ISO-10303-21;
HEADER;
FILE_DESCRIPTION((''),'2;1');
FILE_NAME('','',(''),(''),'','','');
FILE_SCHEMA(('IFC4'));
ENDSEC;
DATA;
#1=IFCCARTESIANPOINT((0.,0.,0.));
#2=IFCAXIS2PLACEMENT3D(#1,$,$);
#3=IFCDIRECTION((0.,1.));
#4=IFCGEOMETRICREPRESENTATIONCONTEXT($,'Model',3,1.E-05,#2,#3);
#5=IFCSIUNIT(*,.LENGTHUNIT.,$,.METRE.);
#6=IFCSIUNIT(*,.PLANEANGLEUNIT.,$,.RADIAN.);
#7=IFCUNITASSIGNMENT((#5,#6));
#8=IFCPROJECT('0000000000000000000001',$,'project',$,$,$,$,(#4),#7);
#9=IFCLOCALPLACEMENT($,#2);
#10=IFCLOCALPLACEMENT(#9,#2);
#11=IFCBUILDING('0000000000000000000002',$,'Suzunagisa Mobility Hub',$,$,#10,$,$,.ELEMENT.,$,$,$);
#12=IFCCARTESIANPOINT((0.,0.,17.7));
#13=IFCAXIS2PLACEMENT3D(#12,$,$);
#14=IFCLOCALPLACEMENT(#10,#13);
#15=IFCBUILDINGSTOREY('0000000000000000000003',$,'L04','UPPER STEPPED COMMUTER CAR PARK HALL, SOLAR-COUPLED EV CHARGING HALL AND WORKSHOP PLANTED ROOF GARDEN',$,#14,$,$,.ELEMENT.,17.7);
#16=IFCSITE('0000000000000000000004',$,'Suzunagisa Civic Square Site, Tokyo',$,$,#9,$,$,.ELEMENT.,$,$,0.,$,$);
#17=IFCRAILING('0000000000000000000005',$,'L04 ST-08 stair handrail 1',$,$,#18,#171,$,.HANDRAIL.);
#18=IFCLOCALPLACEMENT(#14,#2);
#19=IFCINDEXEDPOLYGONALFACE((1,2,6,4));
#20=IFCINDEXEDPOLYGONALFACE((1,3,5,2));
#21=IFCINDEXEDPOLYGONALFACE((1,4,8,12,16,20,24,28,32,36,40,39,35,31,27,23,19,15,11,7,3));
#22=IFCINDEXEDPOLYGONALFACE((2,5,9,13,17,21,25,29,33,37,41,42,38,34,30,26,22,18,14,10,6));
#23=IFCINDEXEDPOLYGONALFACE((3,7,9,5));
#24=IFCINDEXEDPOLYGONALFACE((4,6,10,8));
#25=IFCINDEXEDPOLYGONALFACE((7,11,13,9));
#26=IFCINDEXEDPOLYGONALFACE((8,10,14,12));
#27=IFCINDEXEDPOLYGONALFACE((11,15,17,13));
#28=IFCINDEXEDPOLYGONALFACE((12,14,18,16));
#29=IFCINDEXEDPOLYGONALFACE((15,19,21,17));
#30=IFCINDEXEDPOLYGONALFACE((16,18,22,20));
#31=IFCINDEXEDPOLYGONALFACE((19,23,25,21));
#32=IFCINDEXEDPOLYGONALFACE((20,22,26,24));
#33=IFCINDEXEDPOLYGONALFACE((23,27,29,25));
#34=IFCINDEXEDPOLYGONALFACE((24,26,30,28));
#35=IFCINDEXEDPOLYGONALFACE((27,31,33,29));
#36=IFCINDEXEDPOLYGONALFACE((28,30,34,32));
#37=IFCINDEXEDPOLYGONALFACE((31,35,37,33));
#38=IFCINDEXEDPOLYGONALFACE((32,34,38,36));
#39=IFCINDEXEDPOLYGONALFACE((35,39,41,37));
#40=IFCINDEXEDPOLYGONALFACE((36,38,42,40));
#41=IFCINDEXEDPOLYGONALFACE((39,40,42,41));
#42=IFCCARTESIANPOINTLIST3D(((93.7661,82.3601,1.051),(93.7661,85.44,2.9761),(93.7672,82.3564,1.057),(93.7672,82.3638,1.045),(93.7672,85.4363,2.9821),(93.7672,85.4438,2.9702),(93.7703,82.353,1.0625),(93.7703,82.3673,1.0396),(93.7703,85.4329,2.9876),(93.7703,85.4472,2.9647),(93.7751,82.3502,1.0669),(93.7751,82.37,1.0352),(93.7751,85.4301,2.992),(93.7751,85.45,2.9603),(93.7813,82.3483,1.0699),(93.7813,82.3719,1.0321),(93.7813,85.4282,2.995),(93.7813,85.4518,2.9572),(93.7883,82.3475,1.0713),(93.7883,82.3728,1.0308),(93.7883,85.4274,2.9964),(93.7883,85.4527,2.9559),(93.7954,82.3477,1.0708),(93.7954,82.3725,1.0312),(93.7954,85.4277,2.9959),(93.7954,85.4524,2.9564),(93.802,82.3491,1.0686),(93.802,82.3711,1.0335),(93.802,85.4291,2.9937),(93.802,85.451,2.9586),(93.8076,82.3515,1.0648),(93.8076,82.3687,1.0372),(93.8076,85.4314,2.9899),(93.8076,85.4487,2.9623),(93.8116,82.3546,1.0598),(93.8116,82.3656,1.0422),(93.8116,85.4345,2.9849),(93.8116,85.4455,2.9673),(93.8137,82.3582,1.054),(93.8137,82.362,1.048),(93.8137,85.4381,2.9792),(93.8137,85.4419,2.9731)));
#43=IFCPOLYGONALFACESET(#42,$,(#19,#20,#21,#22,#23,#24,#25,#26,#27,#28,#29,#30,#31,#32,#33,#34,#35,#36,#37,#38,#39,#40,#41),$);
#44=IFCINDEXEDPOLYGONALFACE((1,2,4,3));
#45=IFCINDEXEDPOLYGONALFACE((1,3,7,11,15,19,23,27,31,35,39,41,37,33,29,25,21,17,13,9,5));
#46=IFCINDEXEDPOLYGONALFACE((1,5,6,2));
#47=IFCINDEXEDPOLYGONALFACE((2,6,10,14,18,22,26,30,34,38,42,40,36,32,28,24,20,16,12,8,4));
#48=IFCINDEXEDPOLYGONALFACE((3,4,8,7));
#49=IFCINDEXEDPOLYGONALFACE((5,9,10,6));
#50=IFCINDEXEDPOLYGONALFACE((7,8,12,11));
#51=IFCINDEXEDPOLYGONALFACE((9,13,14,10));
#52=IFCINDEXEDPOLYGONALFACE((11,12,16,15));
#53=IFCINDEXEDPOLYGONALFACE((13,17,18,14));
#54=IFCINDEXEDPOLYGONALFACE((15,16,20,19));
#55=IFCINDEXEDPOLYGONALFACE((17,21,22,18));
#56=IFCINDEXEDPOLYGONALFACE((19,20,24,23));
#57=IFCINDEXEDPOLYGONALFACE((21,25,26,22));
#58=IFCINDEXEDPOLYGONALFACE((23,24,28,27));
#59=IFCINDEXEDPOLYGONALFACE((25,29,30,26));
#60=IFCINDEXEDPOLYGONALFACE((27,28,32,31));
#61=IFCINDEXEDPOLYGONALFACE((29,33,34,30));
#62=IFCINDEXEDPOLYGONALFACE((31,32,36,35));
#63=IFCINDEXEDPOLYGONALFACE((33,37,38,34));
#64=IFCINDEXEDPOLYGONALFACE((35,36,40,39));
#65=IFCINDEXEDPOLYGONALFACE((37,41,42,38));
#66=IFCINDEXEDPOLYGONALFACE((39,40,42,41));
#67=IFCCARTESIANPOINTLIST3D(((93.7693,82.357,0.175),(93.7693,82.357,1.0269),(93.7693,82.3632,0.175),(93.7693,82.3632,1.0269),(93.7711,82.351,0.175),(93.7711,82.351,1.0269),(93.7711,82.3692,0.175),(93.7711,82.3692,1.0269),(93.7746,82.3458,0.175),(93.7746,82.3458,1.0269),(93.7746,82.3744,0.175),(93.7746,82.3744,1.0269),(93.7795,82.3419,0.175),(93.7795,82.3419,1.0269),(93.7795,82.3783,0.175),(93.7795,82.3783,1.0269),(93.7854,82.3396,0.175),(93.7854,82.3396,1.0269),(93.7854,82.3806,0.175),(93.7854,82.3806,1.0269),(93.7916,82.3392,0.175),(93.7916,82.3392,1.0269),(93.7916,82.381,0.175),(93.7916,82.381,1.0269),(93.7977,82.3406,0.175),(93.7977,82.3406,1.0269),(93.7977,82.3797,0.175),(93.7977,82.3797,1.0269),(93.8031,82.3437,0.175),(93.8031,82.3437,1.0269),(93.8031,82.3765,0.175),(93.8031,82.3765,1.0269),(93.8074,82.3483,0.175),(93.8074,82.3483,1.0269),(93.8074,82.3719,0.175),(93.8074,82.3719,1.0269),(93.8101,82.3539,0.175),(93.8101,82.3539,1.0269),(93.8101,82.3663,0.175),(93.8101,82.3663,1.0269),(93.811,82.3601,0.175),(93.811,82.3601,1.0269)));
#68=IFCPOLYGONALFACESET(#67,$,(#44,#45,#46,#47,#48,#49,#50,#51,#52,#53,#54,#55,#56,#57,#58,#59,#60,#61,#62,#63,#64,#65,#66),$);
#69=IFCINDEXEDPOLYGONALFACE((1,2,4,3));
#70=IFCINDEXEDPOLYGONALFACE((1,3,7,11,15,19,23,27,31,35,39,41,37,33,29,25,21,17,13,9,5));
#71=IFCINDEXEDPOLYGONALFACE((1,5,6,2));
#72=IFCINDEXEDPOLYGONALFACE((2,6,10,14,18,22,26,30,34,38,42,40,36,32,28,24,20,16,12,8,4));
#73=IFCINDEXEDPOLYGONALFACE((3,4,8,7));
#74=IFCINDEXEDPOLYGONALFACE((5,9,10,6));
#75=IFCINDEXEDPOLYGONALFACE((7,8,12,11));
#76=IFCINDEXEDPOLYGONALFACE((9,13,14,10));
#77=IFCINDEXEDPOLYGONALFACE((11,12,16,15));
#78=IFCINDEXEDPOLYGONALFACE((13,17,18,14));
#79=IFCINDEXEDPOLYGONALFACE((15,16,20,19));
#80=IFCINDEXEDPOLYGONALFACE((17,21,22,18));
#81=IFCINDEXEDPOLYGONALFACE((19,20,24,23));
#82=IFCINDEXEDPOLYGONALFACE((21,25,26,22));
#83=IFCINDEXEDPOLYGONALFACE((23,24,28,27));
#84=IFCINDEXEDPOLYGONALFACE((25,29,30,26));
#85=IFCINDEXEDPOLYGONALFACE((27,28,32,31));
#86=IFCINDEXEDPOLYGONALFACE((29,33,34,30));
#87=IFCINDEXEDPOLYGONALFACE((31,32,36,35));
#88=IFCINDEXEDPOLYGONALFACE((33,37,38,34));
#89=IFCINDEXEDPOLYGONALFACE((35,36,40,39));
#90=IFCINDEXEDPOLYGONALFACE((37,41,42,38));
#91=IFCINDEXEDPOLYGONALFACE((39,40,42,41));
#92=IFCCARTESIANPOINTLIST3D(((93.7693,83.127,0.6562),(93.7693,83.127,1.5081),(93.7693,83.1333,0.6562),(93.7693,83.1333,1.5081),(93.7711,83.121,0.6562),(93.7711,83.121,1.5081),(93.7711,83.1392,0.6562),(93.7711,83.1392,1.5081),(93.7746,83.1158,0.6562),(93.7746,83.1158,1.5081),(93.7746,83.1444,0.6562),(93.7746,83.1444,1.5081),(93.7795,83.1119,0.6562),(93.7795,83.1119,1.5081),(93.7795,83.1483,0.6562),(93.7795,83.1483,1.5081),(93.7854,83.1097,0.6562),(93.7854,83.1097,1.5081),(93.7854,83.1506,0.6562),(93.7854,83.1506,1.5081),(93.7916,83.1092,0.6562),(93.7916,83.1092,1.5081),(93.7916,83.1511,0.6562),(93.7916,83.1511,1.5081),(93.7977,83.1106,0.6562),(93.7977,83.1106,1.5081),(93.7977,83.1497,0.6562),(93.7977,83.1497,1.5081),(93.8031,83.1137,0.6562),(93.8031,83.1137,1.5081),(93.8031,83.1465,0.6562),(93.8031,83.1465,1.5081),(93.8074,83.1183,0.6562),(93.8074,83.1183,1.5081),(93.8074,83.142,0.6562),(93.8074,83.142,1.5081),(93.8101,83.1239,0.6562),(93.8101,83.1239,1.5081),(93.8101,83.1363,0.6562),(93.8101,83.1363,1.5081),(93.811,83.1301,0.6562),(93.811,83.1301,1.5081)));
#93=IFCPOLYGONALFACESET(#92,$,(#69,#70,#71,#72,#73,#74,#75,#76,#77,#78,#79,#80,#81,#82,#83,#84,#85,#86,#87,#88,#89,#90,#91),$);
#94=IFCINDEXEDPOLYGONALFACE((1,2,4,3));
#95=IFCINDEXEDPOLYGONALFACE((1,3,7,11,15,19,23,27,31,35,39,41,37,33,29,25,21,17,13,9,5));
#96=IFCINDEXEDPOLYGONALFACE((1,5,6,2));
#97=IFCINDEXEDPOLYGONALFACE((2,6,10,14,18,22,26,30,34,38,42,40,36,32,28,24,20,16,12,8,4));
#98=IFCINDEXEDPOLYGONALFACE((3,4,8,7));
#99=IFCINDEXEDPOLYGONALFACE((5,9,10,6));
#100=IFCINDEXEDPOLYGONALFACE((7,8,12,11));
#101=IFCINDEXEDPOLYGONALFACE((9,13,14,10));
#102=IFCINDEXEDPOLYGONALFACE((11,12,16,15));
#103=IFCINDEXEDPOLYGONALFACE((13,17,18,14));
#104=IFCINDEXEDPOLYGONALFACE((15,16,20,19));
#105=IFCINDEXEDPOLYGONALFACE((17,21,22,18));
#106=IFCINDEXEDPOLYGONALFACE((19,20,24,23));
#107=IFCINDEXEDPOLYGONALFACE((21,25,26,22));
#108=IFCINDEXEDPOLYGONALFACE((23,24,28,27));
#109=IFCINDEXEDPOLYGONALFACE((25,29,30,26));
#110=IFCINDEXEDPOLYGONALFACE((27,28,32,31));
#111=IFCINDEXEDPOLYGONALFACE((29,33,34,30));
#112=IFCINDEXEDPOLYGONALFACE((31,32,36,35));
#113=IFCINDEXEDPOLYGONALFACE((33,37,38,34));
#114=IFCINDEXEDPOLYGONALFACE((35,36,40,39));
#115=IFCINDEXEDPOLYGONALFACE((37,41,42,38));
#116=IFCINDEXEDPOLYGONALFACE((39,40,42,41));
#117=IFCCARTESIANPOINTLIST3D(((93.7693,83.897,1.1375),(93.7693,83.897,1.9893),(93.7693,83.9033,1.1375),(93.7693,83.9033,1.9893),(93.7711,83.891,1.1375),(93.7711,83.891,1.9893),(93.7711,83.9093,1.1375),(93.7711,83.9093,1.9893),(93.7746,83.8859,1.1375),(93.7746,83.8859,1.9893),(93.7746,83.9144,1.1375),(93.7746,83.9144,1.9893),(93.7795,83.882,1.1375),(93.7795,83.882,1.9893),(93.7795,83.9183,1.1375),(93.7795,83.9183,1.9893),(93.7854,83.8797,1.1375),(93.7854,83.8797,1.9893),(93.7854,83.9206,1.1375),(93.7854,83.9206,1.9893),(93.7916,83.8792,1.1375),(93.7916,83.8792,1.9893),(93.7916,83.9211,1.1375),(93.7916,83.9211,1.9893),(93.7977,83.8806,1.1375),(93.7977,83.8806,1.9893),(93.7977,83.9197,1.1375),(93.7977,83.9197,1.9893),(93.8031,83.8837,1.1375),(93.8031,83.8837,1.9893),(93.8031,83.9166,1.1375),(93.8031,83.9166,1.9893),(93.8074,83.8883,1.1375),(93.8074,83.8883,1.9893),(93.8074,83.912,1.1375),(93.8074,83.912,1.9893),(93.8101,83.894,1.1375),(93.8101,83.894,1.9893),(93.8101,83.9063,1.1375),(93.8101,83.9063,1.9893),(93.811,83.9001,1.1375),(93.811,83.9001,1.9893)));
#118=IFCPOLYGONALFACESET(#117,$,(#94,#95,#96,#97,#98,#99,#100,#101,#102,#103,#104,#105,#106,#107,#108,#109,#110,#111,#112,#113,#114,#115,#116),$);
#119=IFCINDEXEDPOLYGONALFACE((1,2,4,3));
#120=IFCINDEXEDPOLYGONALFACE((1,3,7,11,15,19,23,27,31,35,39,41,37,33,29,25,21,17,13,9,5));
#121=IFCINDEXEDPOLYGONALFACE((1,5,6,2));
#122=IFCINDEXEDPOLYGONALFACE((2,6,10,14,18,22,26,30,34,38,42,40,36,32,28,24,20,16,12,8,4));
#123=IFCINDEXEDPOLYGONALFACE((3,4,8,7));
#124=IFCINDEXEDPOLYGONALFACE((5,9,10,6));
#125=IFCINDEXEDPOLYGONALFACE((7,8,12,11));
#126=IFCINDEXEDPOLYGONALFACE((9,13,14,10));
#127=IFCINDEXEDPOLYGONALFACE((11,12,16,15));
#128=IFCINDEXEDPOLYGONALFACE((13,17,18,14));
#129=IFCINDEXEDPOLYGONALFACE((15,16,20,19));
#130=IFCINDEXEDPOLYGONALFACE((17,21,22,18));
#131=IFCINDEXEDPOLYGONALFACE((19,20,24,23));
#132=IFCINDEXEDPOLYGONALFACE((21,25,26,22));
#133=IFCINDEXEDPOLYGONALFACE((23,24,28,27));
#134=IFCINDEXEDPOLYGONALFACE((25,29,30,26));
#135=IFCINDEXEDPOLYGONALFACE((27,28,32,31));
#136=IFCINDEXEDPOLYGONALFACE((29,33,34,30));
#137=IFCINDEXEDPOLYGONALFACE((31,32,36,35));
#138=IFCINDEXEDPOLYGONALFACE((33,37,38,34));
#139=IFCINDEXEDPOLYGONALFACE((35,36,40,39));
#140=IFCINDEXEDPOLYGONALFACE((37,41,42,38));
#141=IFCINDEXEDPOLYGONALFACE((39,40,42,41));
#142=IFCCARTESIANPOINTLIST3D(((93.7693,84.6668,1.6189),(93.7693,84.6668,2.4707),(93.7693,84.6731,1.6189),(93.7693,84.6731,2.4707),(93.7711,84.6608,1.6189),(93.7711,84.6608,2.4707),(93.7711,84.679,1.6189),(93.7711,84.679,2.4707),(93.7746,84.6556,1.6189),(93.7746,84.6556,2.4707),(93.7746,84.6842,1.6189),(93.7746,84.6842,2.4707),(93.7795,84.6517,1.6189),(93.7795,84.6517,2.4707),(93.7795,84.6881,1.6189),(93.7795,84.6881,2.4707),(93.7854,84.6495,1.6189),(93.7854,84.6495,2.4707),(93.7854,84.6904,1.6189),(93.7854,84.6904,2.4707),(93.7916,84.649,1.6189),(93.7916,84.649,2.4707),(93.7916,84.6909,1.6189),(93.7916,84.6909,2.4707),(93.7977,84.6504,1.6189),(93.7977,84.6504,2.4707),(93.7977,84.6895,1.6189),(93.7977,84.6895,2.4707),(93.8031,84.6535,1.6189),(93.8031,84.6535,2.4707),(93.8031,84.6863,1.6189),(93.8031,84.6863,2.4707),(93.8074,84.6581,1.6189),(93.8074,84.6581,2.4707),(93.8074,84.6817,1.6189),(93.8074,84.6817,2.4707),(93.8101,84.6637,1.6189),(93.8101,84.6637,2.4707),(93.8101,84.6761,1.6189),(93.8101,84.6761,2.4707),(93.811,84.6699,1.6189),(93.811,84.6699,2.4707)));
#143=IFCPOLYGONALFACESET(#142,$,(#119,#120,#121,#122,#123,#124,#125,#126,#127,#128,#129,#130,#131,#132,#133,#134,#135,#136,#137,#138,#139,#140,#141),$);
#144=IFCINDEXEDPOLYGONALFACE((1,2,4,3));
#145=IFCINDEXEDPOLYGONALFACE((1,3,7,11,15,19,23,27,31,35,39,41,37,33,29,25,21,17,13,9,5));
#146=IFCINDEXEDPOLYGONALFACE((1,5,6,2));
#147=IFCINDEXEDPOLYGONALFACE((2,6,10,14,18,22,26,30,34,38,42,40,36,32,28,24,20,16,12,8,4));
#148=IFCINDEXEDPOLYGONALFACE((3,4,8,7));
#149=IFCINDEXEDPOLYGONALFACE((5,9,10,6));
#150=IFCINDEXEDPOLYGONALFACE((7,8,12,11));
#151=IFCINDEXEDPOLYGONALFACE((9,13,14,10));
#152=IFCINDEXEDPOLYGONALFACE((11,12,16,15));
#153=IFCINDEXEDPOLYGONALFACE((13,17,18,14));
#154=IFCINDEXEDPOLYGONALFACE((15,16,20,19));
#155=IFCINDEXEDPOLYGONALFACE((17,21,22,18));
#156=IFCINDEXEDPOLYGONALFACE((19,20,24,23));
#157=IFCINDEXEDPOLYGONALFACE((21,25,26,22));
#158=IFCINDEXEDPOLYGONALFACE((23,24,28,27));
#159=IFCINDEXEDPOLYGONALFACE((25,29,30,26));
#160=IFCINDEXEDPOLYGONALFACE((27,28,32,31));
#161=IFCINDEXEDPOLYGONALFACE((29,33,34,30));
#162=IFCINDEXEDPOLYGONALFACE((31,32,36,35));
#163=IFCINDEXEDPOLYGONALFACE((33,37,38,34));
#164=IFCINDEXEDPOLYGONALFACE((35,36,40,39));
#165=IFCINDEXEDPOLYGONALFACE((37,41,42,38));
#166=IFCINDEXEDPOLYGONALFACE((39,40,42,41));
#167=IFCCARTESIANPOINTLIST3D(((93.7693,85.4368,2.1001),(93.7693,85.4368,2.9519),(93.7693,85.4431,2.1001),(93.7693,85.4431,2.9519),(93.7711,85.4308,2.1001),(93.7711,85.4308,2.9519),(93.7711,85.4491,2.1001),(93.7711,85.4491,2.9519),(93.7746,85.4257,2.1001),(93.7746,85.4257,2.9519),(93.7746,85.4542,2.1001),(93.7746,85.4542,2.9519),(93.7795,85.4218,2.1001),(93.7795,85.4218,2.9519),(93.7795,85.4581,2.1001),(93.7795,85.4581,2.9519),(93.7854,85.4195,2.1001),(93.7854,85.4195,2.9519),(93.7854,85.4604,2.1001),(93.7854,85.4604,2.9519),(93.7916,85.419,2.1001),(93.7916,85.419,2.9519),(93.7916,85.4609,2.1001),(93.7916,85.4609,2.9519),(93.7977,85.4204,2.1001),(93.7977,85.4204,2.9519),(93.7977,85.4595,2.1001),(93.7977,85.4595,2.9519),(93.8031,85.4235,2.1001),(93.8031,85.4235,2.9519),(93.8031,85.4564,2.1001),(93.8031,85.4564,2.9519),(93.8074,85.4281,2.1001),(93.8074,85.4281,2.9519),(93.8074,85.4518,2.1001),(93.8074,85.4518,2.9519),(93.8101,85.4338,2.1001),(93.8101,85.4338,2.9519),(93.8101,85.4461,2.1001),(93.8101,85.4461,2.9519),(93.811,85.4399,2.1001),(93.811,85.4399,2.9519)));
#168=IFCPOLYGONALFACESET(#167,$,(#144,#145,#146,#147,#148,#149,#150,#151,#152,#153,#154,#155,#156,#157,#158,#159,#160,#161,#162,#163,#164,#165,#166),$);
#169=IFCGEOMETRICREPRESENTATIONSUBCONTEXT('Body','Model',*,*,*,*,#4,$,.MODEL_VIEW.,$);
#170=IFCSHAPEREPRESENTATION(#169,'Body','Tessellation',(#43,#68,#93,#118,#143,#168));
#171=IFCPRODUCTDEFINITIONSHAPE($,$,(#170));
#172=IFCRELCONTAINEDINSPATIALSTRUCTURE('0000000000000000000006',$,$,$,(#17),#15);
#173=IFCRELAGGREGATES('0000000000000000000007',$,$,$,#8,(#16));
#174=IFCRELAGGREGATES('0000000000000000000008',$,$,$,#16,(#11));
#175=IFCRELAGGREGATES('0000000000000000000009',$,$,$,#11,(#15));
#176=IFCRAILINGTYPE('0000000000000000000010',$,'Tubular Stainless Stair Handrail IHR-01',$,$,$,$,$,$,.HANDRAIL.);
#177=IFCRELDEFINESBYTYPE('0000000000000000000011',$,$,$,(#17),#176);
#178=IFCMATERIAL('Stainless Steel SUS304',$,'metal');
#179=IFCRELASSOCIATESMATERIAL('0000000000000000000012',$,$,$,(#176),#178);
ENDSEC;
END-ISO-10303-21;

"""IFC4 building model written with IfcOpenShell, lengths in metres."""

from ifc_helpers import new_model, si_unit, direction, frame, origin, origin_2d, place, context, subcontext, project, spatial, circle, extrude, material, type_object, element, save


model = new_model("IFC4")

# Units and contexts
model_context = context("Model", 3, precision=1e-05, world=origin(), true_north=direction((0.0, 1.0)))
body_context = subcontext(model_context, "Body", "Model", "MODEL_VIEW")
ifc_project = project(units=[si_unit("LENGTHUNIT", "METRE"), si_unit("PLANEANGLEUNIT", "RADIAN")], contexts=[model_context])

# Site, building, storey
site_placement = place(None, origin())
site = spatial("IfcSite", under=ifc_project, at=site_placement, Name="Suzunagisa Civic Square Site, Tokyo", CompositionType="ELEMENT", RefElevation=0.0)
building_placement = place(site_placement, origin())
building = spatial("IfcBuilding", under=site, at=building_placement, Name="Suzunagisa Mobility Hub", CompositionType="ELEMENT")
storey_placement = place(building_placement, frame((0.0, 0.0, 17.7)))
storey = spatial("IfcBuildingStorey", under=building, at=storey_placement, Name="L04", Description="UPPER STEPPED COMMUTER CAR PARK HALL, SOLAR-COUPLED EV CHARGING HALL AND WORKSHOP PLANTED ROOF GARDEN", CompositionType="ELEMENT", Elevation=17.7)

# Railing
ifc_material_1 = material(Name="Stainless Steel SUS304", Category="metal")
railing_type_1 = type_object("IfcRailingType", Name="Tubular Stainless Stair Handrail IHR-01", PredefinedType="HANDRAIL", material=ifc_material_1)
railing_1_placement = place(storey_placement, frame((93.79, 82.3601, 0.175)))
element("IfcRailing", 1, at=railing_1_placement, inside=storey, type_object=railing_type_1, Name="L04 ST-08 stair handrail 1", PredefinedType="HANDRAIL", context=body_context, shape_type="SweptSolid", body=[
    extrude(circle(Radius=0.0239, at=origin_2d()), frame((0.0, 0.0, 0.876), z_axis=(0.0, 0.847979, 0.530029), x_axis=(-1.0, 0.0, 0.0)), (0.0, 0.0, 1.0), 3.6321),
    extrude(circle(Radius=0.021, at=origin_2d()), origin(), (0.0, 0.0, 1.0), 0.8518),
    extrude(circle(Radius=0.021, at=origin_2d()), frame((0.0, 0.77, 0.4812)), (0.0, 0.0, 1.0), 0.8518),
    extrude(circle(Radius=0.021, at=origin_2d()), frame((0.0, 1.54, 0.9624)), (0.0, 0.0, 1.0), 0.8518),
    extrude(circle(Radius=0.021, at=origin_2d()), frame((0.0, 2.3098, 1.4438)), (0.0, 0.0, 1.0), 0.8518),
    extrude(circle(Radius=0.021, at=origin_2d()), frame((0.0, 3.0798, 1.925)), (0.0, 0.0, 1.0), 0.8518),
])

save(model, "model.ifc")
